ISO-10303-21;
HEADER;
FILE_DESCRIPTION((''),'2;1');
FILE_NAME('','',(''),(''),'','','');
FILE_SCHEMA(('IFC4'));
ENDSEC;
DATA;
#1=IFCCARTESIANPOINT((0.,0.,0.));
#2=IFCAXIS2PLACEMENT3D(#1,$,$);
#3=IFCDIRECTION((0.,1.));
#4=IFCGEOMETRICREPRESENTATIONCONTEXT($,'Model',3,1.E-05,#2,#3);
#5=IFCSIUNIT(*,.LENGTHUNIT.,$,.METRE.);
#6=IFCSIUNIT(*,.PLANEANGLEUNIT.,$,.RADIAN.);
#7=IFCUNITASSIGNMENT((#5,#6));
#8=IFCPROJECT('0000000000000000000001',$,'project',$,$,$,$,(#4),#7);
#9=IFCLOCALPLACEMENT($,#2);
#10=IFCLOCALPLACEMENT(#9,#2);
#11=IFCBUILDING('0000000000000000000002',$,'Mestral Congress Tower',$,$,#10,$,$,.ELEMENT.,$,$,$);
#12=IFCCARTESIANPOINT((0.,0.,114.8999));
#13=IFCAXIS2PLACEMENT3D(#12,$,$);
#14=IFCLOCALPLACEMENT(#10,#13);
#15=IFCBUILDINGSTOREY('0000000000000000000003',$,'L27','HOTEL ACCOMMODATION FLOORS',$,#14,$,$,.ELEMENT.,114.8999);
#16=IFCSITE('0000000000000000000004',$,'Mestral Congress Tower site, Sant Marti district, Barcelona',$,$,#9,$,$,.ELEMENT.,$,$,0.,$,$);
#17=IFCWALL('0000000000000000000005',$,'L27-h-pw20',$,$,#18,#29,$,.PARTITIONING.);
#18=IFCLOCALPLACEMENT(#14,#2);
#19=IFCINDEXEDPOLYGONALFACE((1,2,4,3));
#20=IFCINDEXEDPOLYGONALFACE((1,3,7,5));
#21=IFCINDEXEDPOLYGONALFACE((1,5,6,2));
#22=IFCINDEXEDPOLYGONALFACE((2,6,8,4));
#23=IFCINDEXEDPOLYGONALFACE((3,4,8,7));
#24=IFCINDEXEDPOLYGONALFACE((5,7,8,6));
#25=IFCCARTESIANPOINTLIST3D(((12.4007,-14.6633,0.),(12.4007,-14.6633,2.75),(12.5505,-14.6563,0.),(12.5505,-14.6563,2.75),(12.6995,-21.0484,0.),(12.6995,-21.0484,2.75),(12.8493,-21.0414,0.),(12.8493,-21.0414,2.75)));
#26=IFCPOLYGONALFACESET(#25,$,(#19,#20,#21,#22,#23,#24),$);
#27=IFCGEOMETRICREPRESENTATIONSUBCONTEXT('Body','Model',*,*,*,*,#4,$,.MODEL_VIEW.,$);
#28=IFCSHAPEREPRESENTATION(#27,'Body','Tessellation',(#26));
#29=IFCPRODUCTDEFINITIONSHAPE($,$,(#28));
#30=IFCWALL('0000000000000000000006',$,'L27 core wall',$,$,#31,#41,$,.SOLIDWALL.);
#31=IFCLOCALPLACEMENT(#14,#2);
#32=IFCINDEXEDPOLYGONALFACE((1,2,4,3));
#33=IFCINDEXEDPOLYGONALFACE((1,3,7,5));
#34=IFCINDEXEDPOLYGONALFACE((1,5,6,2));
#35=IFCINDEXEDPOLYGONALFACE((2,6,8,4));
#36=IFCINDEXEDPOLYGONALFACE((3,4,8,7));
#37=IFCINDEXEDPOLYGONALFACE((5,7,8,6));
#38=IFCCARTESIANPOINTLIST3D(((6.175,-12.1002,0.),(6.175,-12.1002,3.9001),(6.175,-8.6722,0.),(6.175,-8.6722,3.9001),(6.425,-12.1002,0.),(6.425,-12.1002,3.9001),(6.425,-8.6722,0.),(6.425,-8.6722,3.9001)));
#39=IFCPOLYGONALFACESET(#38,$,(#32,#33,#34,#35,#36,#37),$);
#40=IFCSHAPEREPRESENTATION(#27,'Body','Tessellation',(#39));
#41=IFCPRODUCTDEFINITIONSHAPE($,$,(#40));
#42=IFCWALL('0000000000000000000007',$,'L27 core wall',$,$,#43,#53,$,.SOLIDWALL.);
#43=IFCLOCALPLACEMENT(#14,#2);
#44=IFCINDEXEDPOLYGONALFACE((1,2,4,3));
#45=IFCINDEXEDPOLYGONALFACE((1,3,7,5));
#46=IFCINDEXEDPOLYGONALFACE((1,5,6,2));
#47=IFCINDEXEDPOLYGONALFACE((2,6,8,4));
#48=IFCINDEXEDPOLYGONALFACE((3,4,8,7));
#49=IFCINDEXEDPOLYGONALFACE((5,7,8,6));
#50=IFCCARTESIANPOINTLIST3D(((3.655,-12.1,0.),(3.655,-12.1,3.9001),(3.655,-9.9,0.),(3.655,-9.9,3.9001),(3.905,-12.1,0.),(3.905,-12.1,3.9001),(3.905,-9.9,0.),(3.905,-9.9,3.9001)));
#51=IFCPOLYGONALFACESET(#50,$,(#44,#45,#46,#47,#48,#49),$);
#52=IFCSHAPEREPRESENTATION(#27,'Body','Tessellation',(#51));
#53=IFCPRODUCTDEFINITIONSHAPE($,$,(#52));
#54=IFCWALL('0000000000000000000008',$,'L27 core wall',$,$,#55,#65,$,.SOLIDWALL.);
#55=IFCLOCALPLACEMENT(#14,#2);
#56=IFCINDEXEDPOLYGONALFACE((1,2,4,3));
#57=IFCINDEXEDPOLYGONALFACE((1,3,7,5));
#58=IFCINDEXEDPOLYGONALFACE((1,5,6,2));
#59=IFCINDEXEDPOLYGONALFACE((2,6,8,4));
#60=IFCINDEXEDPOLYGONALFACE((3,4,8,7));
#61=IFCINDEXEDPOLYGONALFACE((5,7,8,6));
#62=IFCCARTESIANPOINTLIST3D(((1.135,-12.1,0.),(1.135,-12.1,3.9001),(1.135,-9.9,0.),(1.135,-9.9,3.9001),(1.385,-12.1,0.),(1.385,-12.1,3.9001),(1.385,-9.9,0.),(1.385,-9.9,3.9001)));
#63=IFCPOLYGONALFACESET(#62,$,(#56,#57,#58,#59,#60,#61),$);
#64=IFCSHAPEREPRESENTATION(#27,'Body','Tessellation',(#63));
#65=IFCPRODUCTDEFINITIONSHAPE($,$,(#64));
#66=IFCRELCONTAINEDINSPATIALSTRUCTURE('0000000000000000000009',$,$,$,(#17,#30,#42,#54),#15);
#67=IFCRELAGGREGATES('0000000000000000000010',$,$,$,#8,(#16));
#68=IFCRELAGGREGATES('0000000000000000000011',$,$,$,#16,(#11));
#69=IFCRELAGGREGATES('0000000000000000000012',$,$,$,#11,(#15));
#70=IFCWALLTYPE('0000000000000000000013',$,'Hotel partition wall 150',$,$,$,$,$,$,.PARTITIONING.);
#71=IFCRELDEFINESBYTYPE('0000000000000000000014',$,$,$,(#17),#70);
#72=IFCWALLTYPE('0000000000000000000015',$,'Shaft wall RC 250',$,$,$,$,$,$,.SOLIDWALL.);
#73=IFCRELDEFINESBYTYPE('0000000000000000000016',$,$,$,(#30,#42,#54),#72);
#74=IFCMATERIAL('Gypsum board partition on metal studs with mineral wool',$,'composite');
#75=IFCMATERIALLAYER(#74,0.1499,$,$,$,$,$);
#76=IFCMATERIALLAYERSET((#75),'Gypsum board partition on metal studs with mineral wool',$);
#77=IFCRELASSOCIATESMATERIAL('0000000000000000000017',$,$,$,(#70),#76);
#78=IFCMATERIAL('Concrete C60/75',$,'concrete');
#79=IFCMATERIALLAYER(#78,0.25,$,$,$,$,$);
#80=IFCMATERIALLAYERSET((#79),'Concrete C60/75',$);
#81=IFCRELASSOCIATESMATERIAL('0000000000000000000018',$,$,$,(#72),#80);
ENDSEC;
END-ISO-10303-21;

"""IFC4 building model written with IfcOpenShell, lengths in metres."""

from ifc_helpers import new_model, si_unit, direction, frame, frame_2d, origin, place, context, subcontext, project, spatial, rectangle, extrude, material, layer, layer_set, type_object, element, save


model = new_model("IFC4")

# Units and contexts
model_context = context("Model", 3, precision=1e-05, world=origin(), true_north=direction((0.0, 1.0)))
body_context = subcontext(model_context, "Body", "Model", "MODEL_VIEW")
ifc_project = project(units=[si_unit("LENGTHUNIT", "METRE"), si_unit("PLANEANGLEUNIT", "RADIAN")], contexts=[model_context])

# Site, building, storey
site_placement = place(None, origin())
site = spatial("IfcSite", under=ifc_project, at=site_placement, Name="Mestral Congress Tower site, Sant Marti district, Barcelona", CompositionType="ELEMENT", RefElevation=0.0)
building_placement = place(site_placement, origin())
building = spatial("IfcBuilding", under=site, at=building_placement, Name="Mestral Congress Tower", CompositionType="ELEMENT")
storey_placement = place(building_placement, frame((0.0, 0.0, 114.8999)))
storey = spatial("IfcBuildingStorey", under=building, at=storey_placement, Name="L27", Description="HOTEL ACCOMMODATION FLOORS", CompositionType="ELEMENT", Elevation=114.8999)

# Shared definitions
ifc_material_1 = material(Name="Concrete C60/75", Category="concrete")

# Shared definitions
ifc_material_2 = material(Name="Gypsum board partition on metal studs with mineral wool", Category="composite")

# Walls
ifc_layer_1 = layer(ifc_material_2, 0.1499)
ifc_layer_set_1 = layer_set([ifc_layer_1], Name="Gypsum board partition on metal studs with mineral wool")
wall_type_1 = type_object("IfcWallType", Name="Hotel partition wall 150", PredefinedType="PARTITIONING", material=ifc_layer_set_1)
wall_1_placement = place(storey_placement, frame((12.7744, -21.0449, 0.0), z_axis=(0.0, 0.0, 1.0), x_axis=(-0.04675, 0.998907, 0.0)))
element("IfcWall", 1, at=wall_1_placement, inside=storey, type_object=wall_type_1, Name="L27-h-pw20", PredefinedType="PARTITIONING", context=body_context, shape_type="SweptSolid", body=[
    extrude(rectangle(XDim=6.3921, YDim=0.1499, at=frame_2d((3.196, 0.0))), origin(), (0.0, 0.0, 1.0), 2.75),
])
ifc_layer_2 = layer(ifc_material_1, 0.25)
ifc_layer_set_2 = layer_set([ifc_layer_2], Name="Concrete C60/75")
wall_type_2 = type_object("IfcWallType", Name="Shaft wall RC 250", PredefinedType="SOLIDWALL", material=ifc_layer_set_2)
wall_2_placement = place(storey_placement, frame((6.3, -12.1001, 0.0), z_axis=(0.0, 0.0, 1.0), x_axis=(0.0, 1.0, 0.0)))
element("IfcWall", 2, at=wall_2_placement, inside=storey, type_object=wall_type_2, Name="L27 core wall", PredefinedType="SOLIDWALL", context=body_context, shape_type="SweptSolid", body=[
    extrude(rectangle(XDim=3.428, YDim=0.25, at=frame_2d((1.7139, 0.0))), origin(), (0.0, 0.0, 1.0), 3.9001),
])
for number, where, z_axis, x_axis, name in (
    (3, (3.78, -12.1001, 0.0), (0.0, 0.0, 1.0), (0.0, 1.0, 0.0), "L27 core wall"),
    (4, (1.26, -12.1001, 0.0), (0.0, 0.0, 1.0), (0.0, 1.0, 0.0), "L27 core wall"),
):
    element("IfcWall", number, at=place(storey_placement, frame(where, z_axis=z_axis, x_axis=x_axis)), inside=storey, type_object=wall_type_2, Name=name, PredefinedType="SOLIDWALL", context=body_context, shape_type="SweptSolid", body=[
        extrude(rectangle(XDim=2.2, YDim=0.25, at=frame_2d((1.1001, 0.0))), origin(), (0.0, 0.0, 1.0), 3.9001),
    ])

save(model, "model.ifc")
